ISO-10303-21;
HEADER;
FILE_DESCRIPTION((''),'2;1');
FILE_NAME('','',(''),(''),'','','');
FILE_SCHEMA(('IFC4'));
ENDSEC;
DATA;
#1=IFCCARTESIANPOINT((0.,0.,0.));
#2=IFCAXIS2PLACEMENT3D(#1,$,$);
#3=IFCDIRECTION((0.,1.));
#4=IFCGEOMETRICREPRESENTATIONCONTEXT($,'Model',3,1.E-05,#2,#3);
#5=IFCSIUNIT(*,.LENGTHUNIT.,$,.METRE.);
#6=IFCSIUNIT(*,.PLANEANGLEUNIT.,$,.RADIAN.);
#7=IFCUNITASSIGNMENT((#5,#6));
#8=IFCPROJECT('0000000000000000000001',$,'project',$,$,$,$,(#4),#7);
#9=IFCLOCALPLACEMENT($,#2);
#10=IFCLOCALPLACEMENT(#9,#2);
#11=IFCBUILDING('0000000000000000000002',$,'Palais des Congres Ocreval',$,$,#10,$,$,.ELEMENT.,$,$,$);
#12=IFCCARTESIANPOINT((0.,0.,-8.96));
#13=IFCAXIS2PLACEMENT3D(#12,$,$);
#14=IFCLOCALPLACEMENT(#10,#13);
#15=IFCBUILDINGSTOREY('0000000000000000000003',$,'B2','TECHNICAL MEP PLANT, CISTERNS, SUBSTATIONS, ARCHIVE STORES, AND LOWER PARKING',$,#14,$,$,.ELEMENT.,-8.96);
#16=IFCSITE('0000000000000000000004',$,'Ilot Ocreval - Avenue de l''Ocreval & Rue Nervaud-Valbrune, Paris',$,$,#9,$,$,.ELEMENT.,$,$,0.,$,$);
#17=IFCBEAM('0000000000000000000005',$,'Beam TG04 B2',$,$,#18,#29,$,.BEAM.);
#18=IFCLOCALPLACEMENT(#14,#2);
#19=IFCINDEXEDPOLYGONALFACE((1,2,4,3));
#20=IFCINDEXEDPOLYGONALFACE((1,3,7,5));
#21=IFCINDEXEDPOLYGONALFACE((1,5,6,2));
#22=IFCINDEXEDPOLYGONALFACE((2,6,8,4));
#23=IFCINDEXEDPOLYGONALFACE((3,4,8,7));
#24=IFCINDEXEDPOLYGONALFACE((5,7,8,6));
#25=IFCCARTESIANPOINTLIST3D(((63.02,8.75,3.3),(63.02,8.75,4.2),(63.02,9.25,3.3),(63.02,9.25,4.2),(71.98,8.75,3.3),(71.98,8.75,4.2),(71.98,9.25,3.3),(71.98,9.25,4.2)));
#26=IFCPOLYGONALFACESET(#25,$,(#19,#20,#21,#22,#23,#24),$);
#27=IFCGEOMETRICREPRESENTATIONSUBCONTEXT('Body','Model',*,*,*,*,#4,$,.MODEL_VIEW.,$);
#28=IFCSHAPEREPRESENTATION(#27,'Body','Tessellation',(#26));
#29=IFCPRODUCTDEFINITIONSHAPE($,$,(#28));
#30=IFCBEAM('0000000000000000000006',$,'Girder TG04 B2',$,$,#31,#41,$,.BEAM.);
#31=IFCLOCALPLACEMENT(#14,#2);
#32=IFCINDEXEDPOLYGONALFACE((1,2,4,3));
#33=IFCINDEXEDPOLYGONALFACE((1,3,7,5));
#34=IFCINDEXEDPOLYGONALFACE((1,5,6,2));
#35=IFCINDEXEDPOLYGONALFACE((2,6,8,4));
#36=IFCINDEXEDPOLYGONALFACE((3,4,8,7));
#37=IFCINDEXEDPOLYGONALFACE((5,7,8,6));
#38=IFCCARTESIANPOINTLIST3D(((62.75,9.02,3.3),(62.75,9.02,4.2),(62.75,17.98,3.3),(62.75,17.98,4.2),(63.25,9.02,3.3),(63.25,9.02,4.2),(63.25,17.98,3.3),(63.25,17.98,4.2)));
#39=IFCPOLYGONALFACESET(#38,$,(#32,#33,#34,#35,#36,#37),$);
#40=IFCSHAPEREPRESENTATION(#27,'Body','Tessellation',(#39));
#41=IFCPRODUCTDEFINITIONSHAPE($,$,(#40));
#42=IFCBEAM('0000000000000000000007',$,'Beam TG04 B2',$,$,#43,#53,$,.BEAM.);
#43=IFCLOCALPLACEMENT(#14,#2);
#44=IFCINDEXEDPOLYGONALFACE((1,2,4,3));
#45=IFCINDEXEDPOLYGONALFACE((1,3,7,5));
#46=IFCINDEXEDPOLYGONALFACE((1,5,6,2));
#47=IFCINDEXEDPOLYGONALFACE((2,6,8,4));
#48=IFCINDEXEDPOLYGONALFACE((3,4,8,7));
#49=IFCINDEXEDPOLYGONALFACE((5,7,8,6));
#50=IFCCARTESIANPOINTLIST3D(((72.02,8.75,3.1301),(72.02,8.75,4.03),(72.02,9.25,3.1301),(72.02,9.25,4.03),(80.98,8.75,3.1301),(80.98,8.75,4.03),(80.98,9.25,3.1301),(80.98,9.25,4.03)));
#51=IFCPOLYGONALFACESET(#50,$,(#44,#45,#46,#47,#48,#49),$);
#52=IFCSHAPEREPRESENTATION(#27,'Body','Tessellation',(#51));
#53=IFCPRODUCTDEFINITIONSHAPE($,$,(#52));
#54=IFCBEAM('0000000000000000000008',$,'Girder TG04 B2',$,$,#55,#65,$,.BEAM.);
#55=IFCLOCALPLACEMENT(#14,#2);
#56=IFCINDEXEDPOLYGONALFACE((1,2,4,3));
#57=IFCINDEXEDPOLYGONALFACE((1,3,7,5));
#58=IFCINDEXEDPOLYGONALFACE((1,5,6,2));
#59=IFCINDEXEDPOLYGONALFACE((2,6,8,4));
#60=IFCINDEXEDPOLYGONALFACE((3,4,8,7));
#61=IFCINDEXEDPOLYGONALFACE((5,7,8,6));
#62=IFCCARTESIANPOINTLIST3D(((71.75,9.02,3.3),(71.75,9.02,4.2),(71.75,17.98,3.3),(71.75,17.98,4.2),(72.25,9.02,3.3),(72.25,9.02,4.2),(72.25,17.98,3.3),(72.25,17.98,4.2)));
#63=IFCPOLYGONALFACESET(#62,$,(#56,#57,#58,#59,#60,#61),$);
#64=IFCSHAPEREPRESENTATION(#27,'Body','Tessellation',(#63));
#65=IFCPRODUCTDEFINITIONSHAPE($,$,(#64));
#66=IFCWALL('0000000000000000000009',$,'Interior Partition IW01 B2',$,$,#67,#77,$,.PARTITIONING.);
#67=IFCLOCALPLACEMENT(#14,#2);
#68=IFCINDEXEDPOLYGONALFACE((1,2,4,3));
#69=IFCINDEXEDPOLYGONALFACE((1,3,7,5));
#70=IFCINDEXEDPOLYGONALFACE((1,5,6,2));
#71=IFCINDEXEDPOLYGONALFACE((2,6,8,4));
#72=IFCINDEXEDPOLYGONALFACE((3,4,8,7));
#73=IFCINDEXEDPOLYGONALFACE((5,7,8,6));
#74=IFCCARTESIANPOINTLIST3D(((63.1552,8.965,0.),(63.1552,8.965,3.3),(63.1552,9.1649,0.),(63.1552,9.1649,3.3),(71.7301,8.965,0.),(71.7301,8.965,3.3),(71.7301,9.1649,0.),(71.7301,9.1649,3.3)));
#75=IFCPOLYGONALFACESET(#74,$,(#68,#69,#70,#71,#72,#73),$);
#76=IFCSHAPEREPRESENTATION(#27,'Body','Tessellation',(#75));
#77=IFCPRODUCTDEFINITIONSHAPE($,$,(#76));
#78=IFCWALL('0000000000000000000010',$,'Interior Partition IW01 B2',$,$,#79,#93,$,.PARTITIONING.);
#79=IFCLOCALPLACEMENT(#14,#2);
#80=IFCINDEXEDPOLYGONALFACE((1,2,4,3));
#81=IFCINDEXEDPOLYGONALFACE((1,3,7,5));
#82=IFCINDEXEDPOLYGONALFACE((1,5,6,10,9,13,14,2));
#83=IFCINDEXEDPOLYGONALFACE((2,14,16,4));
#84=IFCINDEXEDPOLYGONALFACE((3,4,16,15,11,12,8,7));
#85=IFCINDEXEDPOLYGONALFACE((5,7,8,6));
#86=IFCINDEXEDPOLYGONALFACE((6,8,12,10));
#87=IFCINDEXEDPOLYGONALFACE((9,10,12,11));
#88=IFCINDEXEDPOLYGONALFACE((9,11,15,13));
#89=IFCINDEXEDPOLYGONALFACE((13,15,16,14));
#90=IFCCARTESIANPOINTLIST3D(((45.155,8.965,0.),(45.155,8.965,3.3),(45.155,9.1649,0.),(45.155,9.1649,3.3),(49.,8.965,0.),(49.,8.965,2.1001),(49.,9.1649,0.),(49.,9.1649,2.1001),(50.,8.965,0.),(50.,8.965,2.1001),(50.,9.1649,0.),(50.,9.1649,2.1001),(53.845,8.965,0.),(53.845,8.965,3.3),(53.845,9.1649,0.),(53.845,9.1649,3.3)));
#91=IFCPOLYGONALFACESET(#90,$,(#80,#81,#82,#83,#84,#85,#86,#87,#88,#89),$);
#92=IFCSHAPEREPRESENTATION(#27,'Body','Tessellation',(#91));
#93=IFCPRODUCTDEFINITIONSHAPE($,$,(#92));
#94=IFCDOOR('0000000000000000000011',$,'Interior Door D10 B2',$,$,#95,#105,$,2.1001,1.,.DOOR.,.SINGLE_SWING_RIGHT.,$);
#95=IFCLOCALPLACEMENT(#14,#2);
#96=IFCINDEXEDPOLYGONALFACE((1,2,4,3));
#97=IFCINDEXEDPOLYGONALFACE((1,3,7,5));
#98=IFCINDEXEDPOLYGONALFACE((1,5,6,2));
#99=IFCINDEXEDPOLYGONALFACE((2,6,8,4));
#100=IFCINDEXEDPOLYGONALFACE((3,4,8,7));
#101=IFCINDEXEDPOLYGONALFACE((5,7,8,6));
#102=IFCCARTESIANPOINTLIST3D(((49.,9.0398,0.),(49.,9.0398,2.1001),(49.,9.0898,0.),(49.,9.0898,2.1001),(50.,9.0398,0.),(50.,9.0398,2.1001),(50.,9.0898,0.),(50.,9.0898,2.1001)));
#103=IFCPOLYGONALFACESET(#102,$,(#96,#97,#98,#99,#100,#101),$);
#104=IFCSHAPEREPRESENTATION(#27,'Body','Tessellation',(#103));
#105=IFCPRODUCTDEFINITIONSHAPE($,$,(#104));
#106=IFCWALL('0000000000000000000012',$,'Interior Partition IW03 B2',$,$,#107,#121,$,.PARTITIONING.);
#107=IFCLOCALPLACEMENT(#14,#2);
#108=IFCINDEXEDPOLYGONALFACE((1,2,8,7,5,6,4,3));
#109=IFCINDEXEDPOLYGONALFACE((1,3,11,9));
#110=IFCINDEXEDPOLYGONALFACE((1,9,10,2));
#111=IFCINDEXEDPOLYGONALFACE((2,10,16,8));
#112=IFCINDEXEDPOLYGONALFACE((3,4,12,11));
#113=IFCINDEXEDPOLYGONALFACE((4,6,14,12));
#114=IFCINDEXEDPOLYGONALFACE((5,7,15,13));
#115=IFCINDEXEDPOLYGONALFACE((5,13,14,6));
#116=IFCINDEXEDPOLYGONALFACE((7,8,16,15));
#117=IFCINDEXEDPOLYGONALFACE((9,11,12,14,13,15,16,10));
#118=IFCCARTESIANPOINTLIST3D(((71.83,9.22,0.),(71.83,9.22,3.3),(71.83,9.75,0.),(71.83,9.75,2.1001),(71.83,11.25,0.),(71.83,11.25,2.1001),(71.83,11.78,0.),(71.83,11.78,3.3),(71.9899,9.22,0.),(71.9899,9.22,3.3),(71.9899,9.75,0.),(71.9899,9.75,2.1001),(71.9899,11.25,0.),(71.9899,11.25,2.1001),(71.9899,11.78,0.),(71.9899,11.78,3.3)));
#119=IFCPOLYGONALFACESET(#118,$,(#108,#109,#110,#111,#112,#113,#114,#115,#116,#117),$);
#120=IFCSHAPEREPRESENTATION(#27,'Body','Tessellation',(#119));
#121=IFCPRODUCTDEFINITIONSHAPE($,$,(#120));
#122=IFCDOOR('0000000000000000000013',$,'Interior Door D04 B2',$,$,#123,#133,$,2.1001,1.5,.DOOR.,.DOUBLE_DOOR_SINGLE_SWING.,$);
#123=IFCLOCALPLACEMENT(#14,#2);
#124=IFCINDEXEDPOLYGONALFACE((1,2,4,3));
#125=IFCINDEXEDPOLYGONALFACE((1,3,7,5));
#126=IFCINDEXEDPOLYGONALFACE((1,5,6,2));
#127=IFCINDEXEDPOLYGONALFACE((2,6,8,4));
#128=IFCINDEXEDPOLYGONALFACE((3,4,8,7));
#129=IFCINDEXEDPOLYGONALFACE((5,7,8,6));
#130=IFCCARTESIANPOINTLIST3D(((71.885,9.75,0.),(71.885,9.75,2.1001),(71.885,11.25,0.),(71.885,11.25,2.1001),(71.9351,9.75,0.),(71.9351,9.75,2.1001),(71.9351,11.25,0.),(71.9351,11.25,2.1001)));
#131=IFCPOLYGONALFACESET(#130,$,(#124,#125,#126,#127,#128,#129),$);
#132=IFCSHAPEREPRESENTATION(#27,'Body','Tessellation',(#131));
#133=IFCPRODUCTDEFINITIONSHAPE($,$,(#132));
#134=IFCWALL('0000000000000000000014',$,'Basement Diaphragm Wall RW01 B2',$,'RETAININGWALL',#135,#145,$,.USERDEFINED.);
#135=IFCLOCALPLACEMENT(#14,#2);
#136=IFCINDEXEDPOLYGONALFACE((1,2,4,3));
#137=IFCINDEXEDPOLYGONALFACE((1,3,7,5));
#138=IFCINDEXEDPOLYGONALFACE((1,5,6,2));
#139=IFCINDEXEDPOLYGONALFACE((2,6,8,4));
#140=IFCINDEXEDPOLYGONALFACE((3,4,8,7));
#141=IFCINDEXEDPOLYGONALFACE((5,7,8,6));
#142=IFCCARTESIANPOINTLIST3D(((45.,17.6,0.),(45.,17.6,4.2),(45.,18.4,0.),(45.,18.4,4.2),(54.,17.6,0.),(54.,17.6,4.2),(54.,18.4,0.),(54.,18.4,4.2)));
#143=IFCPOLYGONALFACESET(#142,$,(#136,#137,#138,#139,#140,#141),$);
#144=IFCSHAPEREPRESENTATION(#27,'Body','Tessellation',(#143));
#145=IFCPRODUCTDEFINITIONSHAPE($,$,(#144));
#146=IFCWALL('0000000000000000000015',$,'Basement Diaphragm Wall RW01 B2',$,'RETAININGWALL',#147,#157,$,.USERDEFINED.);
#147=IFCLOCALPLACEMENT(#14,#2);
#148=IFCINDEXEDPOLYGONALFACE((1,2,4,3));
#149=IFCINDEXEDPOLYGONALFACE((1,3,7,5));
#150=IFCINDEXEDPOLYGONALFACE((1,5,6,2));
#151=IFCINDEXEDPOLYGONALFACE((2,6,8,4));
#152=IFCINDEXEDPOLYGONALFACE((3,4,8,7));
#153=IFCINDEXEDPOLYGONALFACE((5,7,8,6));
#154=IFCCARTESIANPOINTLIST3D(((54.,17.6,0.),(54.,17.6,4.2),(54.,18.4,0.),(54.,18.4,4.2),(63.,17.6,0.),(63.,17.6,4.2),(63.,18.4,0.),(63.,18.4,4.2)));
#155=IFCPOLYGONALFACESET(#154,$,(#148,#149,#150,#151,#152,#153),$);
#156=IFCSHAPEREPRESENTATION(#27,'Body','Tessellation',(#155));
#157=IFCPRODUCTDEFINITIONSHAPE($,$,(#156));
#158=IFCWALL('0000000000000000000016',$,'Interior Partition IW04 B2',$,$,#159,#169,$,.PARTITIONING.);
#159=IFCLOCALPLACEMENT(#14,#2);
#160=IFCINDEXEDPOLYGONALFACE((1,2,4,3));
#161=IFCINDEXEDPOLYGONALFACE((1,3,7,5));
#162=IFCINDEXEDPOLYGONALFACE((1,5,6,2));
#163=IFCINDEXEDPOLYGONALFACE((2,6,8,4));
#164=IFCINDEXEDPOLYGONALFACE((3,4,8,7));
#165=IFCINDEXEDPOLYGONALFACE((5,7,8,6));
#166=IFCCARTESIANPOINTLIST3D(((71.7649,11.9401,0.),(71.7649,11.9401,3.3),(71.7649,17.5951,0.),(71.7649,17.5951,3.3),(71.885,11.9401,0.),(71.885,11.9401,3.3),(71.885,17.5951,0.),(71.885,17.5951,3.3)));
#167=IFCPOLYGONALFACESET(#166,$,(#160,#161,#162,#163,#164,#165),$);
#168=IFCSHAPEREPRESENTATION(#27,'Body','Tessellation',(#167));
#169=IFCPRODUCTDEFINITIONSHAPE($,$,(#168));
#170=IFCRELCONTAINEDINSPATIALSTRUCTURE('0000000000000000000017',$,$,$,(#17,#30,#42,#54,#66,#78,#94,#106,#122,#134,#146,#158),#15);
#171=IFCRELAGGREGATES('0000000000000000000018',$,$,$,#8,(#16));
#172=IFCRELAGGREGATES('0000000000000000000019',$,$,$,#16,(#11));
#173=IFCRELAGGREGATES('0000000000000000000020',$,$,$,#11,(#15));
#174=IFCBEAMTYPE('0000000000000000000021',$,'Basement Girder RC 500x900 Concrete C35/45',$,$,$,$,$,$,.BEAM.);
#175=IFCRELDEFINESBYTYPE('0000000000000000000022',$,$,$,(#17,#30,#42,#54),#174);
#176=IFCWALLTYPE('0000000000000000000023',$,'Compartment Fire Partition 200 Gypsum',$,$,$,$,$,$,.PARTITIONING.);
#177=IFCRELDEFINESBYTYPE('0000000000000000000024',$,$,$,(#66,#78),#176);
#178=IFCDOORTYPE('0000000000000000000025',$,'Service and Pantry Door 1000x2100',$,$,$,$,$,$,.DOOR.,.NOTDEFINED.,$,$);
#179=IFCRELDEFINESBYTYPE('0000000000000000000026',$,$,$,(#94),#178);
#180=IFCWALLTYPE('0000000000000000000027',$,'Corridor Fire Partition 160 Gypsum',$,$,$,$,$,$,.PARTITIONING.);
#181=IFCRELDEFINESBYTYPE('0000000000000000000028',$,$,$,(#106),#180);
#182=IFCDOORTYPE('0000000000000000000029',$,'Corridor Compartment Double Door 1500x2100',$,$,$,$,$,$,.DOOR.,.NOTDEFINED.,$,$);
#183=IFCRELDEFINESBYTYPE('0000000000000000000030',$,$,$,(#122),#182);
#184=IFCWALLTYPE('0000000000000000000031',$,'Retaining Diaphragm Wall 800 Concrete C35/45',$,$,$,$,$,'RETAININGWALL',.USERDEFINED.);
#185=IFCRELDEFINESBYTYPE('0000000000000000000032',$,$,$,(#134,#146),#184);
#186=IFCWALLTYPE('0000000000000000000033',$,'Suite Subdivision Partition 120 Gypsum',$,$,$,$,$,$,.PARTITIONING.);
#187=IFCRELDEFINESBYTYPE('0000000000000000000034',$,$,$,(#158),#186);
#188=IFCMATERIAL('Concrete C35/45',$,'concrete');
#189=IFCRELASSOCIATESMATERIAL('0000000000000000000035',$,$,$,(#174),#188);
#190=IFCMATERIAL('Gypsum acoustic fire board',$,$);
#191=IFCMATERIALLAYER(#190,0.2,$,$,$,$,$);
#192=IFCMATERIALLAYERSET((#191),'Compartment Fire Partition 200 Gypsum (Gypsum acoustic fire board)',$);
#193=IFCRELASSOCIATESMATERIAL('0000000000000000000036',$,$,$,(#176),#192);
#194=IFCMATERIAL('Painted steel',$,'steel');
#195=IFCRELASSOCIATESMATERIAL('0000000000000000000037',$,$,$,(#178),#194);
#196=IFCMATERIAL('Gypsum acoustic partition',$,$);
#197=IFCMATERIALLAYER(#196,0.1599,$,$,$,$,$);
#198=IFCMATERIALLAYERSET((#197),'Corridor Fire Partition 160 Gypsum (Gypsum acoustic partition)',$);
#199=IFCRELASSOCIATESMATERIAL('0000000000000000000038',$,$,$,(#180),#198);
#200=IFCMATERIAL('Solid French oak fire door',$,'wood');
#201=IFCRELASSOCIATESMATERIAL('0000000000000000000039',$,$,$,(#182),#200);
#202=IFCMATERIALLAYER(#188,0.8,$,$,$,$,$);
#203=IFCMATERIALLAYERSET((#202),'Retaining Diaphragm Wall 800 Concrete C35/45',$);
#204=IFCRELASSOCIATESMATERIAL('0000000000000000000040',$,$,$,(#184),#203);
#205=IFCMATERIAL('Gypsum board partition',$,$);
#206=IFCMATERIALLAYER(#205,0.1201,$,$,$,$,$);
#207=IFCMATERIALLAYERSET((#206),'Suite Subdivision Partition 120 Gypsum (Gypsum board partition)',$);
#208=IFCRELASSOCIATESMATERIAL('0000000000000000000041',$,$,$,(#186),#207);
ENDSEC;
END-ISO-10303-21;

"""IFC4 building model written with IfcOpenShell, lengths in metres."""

from ifc_helpers import new_model, si_unit, direction, frame, frame_2d, origin, origin_2d, place, context, subcontext, project, spatial, rectangle, extrude, material, layer, layer_set, material_profile, profile_set, type_object, element, fill, save


model = new_model("IFC4")

# Units and contexts
model_context = context("Model", 3, precision=1e-05, world=origin(), true_north=direction((0.0, 1.0)))
body_context = subcontext(model_context, "Body", "Model", "MODEL_VIEW")
ifc_project = project(units=[si_unit("LENGTHUNIT", "METRE"), si_unit("PLANEANGLEUNIT", "RADIAN")], contexts=[model_context])

# Site, building, storey
site_placement = place(None, origin())
site = spatial("IfcSite", under=ifc_project, at=site_placement, Name="Ilot Ocreval - Avenue de l'Ocreval & Rue Nervaud-Valbrune, Paris", CompositionType="ELEMENT", RefElevation=0.0)
building_placement = place(site_placement, origin())
building = spatial("IfcBuilding", under=site, at=building_placement, Name="Palais des Congres Ocreval", CompositionType="ELEMENT")
storey_placement = place(building_placement, frame((0.0, 0.0, -8.96)))
storey = spatial("IfcBuildingStorey", under=building, at=storey_placement, Name="B2", Description="TECHNICAL MEP PLANT, CISTERNS, SUBSTATIONS, ARCHIVE STORES, AND LOWER PARKING", CompositionType="ELEMENT", Elevation=-8.96)

# Shared definitions
ifc_material_1 = material(Name="Concrete C35/45", Category="concrete")

# Beams
ifc_material_profile_1 = material_profile(ifc_material_1, rectangle(XDim=0.5, YDim=0.8999, at=origin_2d()), Name="RC 500x900")
ifc_profile_set_1 = profile_set([ifc_material_profile_1], Name="Concrete C35/45")
beam_type = type_object("IfcBeamType", Name="Basement Girder RC 500x900 Concrete C35/45", PredefinedType="BEAM", material=ifc_profile_set_1)
for number, where, z_axis, x_axis, name in (
    (1, (63.02, 9.0, 3.75), (1.0, 0.0, 0.0), (0.0, 1.0, 0.0), "Beam TG04 B2"),
    (2, (63.0, 9.02, 3.75), (0.0, 1.0, 0.0), (-1.0, 0.0, 0.0), "Girder TG04 B2"),
    (3, (72.02, 9.0, 3.5801), (1.0, 0.0, 0.0), (0.0, 1.0, 0.0), "Beam TG04 B2"),
    (4, (72.0, 9.02, 3.75), (0.0, 1.0, 0.0), (-1.0, 0.0, 0.0), "Girder TG04 B2"),
):
    element("IfcBeam", number, at=place(storey_placement, frame(where, z_axis=z_axis, x_axis=x_axis)), inside=storey, type_object=beam_type, Name=name, PredefinedType="BEAM", context=body_context, shape_type="SweptSolid", body=[
        extrude(rectangle(XDim=0.5, YDim=0.8999, at=origin_2d()), origin(), (0.0, 0.0, 1.0), 8.96),
    ])

# Wall
ifc_material_2 = material(Name="Gypsum acoustic fire board")
ifc_layer_1 = layer(ifc_material_2, 0.2)
ifc_layer_set_1 = layer_set([ifc_layer_1], Name="Compartment Fire Partition 200 Gypsum (Gypsum acoustic fire board)")
wall_type_1 = type_object("IfcWallType", Name="Compartment Fire Partition 200 Gypsum", PredefinedType="PARTITIONING", material=ifc_layer_set_1)
wall_1_placement = place(storey_placement, frame((63.155, 9.0649, 0.0), z_axis=(0.0, 0.0, 1.0), x_axis=(1.0, 0.0, 0.0)))
element("IfcWall", 5, at=wall_1_placement, inside=storey, type_object=wall_type_1, Name="Interior Partition IW01 B2", PredefinedType="PARTITIONING", context=body_context, shape_type="SweptSolid", body=[
    extrude(rectangle(XDim=8.575, YDim=0.2, at=frame_2d((4.2876, 0.0))), origin(), (0.0, 0.0, 1.0), 3.3),
])

# Walls, openings, doors
wall_2_placement = place(storey_placement, frame((45.155, 9.0649, 0.0), z_axis=(0.0, 0.0, 1.0), x_axis=(1.0, 0.0, 0.0)))
wall_2 = element("IfcWall", 6, at=wall_2_placement, inside=storey, type_object=wall_type_1, Name="Interior Partition IW01 B2", PredefinedType="PARTITIONING", context=body_context, shape_type="SweptSolid", body=[
    extrude(rectangle(XDim=8.6899, YDim=0.2, at=frame_2d((4.345, 0.0))), origin(), (0.0, 0.0, 1.0), 3.3),
])
opening_1_placement = place(wall_2_placement, frame((3.845, 0.0, 0.0)))
opening_1 = element("IfcOpeningElement", 7, at=opening_1_placement, cuts=wall_2, PredefinedType="OPENING", context=body_context, shape_type="SweptSolid", body=[
    extrude(rectangle(XDim=1.0, YDim=2.1001, at=frame_2d((0.5, 1.05))), frame((0.0, 0.1099, 0.0), z_axis=(0.0, -1.0, 0.0), x_axis=(1.0, 0.0, 0.0)), (0.0, 0.0, 1.0), 0.22),
])
ifc_material_3 = material(Name="Painted steel", Category="steel")
door_type_1 = type_object("IfcDoorType", Name="Service and Pantry Door 1000x2100", OperationType="NOTDEFINED", PredefinedType="DOOR", material=ifc_material_3)
door_1_placement = place(opening_1_placement, origin())
door_1 = element("IfcDoor", 8, at=door_1_placement, inside=storey, type_object=door_type_1, Name="Interior Door D10 B2", OperationType="SINGLE_SWING_RIGHT", OverallHeight=2.1001, OverallWidth=1.0, PredefinedType="DOOR", context=body_context, shape_type="SweptSolid", body=[
    extrude(rectangle(XDim=1.0, YDim=2.1001, at=frame_2d((0.5, 1.05))), frame((0.0, 0.0249, 0.0), z_axis=(0.0, -1.0, 0.0), x_axis=(1.0, 0.0, 0.0)), (0.0, 0.0, 1.0), 0.05),
])
fill(opening_1, door_1)
ifc_material_4 = material(Name="Gypsum acoustic partition")
ifc_layer_2 = layer(ifc_material_4, 0.1599)
ifc_layer_set_2 = layer_set([ifc_layer_2], Name="Corridor Fire Partition 160 Gypsum (Gypsum acoustic partition)")
wall_type_2 = type_object("IfcWallType", Name="Corridor Fire Partition 160 Gypsum", PredefinedType="PARTITIONING", material=ifc_layer_set_2)
wall_3_placement = place(storey_placement, frame((71.9099, 9.22, 0.0), z_axis=(0.0, 0.0, 1.0), x_axis=(0.0, 1.0, 0.0)))
wall_3 = element("IfcWall", 9, at=wall_3_placement, inside=storey, type_object=wall_type_2, Name="Interior Partition IW03 B2", PredefinedType="PARTITIONING", context=body_context, shape_type="SweptSolid", body=[
    extrude(rectangle(XDim=2.5601, YDim=0.1599, at=frame_2d((1.28, 0.0))), origin(), (0.0, 0.0, 1.0), 3.3),
])
opening_2_placement = place(wall_3_placement, frame((0.53, 0.0, 0.0)))
opening_2 = element("IfcOpeningElement", 10, at=opening_2_placement, cuts=wall_3, PredefinedType="OPENING", context=body_context, shape_type="SweptSolid", body=[
    extrude(rectangle(XDim=1.5, YDim=2.1001, at=frame_2d((0.75, 1.05))), frame((0.0, 0.0898, 0.0), z_axis=(0.0, -1.0, 0.0), x_axis=(1.0, 0.0, 0.0)), (0.0, 0.0, 1.0), 0.1799),
])
ifc_material_5 = material(Name="Solid French oak fire door", Category="wood")
door_type_2 = type_object("IfcDoorType", Name="Corridor Compartment Double Door 1500x2100", OperationType="NOTDEFINED", PredefinedType="DOOR", material=ifc_material_5)
door_2_placement = place(opening_2_placement, origin())
door_2 = element("IfcDoor", 11, at=door_2_placement, inside=storey, type_object=door_type_2, Name="Interior Door D04 B2", OperationType="DOUBLE_DOOR_SINGLE_SWING", OverallHeight=2.1001, OverallWidth=1.5, PredefinedType="DOOR", context=body_context, shape_type="SweptSolid", body=[
    extrude(rectangle(XDim=1.5, YDim=2.1001, at=frame_2d((0.75, 1.05))), frame((0.0, 0.0249, 0.0), z_axis=(0.0, -1.0, 0.0), x_axis=(1.0, 0.0, 0.0)), (0.0, 0.0, 1.0), 0.05),
])
fill(opening_2, door_2)

# Walls
ifc_layer_3 = layer(ifc_material_1, 0.8)
ifc_layer_set_3 = layer_set([ifc_layer_3], Name="Retaining Diaphragm Wall 800 Concrete C35/45")
wall_type_3 = type_object("IfcWallType", Name="Retaining Diaphragm Wall 800 Concrete C35/45", ElementType="RETAININGWALL", PredefinedType="USERDEFINED", material=ifc_layer_set_3)
for number, where, z_axis, x_axis, name in (
    (12, (45.0, 18.0, 0.0), (0.0, 0.0, 1.0), (1.0, 0.0, 0.0), "Basement Diaphragm Wall RW01 B2"),
    (13, (54.0, 18.0, 0.0), (0.0, 0.0, 1.0), (1.0, 0.0, 0.0), "Basement Diaphragm Wall RW01 B2"),
):
    element("IfcWall", number, at=place(storey_placement, frame(where, z_axis=z_axis, x_axis=x_axis)), inside=storey, type_object=wall_type_3, Name=name, ObjectType="RETAININGWALL", PredefinedType="USERDEFINED", context=body_context, shape_type="SweptSolid", body=[
        extrude(rectangle(XDim=9.0, YDim=0.8, at=frame_2d((4.5, 0.0))), origin(), (0.0, 0.0, 1.0), 4.2),
    ])
ifc_material_6 = material(Name="Gypsum board partition")
ifc_layer_4 = layer(ifc_material_6, 0.1201)
ifc_layer_set_4 = layer_set([ifc_layer_4], Name="Suite Subdivision Partition 120 Gypsum (Gypsum board partition)")
wall_type_4 = type_object("IfcWallType", Name="Suite Subdivision Partition 120 Gypsum", PredefinedType="PARTITIONING", material=ifc_layer_set_4)
wall_4_placement = place(storey_placement, frame((71.825, 11.9399, 0.0), z_axis=(0.0, 0.0, 1.0), x_axis=(0.0, 1.0, 0.0)))
element("IfcWall", 14, at=wall_4_placement, inside=storey, type_object=wall_type_4, Name="Interior Partition IW04 B2", PredefinedType="PARTITIONING", context=body_context, shape_type="SweptSolid", body=[
    extrude(rectangle(XDim=5.655, YDim=0.1201, at=frame_2d((2.8276, 0.0))), origin(), (0.0, 0.0, 1.0), 3.3),
])

save(model, "model.ifc")
